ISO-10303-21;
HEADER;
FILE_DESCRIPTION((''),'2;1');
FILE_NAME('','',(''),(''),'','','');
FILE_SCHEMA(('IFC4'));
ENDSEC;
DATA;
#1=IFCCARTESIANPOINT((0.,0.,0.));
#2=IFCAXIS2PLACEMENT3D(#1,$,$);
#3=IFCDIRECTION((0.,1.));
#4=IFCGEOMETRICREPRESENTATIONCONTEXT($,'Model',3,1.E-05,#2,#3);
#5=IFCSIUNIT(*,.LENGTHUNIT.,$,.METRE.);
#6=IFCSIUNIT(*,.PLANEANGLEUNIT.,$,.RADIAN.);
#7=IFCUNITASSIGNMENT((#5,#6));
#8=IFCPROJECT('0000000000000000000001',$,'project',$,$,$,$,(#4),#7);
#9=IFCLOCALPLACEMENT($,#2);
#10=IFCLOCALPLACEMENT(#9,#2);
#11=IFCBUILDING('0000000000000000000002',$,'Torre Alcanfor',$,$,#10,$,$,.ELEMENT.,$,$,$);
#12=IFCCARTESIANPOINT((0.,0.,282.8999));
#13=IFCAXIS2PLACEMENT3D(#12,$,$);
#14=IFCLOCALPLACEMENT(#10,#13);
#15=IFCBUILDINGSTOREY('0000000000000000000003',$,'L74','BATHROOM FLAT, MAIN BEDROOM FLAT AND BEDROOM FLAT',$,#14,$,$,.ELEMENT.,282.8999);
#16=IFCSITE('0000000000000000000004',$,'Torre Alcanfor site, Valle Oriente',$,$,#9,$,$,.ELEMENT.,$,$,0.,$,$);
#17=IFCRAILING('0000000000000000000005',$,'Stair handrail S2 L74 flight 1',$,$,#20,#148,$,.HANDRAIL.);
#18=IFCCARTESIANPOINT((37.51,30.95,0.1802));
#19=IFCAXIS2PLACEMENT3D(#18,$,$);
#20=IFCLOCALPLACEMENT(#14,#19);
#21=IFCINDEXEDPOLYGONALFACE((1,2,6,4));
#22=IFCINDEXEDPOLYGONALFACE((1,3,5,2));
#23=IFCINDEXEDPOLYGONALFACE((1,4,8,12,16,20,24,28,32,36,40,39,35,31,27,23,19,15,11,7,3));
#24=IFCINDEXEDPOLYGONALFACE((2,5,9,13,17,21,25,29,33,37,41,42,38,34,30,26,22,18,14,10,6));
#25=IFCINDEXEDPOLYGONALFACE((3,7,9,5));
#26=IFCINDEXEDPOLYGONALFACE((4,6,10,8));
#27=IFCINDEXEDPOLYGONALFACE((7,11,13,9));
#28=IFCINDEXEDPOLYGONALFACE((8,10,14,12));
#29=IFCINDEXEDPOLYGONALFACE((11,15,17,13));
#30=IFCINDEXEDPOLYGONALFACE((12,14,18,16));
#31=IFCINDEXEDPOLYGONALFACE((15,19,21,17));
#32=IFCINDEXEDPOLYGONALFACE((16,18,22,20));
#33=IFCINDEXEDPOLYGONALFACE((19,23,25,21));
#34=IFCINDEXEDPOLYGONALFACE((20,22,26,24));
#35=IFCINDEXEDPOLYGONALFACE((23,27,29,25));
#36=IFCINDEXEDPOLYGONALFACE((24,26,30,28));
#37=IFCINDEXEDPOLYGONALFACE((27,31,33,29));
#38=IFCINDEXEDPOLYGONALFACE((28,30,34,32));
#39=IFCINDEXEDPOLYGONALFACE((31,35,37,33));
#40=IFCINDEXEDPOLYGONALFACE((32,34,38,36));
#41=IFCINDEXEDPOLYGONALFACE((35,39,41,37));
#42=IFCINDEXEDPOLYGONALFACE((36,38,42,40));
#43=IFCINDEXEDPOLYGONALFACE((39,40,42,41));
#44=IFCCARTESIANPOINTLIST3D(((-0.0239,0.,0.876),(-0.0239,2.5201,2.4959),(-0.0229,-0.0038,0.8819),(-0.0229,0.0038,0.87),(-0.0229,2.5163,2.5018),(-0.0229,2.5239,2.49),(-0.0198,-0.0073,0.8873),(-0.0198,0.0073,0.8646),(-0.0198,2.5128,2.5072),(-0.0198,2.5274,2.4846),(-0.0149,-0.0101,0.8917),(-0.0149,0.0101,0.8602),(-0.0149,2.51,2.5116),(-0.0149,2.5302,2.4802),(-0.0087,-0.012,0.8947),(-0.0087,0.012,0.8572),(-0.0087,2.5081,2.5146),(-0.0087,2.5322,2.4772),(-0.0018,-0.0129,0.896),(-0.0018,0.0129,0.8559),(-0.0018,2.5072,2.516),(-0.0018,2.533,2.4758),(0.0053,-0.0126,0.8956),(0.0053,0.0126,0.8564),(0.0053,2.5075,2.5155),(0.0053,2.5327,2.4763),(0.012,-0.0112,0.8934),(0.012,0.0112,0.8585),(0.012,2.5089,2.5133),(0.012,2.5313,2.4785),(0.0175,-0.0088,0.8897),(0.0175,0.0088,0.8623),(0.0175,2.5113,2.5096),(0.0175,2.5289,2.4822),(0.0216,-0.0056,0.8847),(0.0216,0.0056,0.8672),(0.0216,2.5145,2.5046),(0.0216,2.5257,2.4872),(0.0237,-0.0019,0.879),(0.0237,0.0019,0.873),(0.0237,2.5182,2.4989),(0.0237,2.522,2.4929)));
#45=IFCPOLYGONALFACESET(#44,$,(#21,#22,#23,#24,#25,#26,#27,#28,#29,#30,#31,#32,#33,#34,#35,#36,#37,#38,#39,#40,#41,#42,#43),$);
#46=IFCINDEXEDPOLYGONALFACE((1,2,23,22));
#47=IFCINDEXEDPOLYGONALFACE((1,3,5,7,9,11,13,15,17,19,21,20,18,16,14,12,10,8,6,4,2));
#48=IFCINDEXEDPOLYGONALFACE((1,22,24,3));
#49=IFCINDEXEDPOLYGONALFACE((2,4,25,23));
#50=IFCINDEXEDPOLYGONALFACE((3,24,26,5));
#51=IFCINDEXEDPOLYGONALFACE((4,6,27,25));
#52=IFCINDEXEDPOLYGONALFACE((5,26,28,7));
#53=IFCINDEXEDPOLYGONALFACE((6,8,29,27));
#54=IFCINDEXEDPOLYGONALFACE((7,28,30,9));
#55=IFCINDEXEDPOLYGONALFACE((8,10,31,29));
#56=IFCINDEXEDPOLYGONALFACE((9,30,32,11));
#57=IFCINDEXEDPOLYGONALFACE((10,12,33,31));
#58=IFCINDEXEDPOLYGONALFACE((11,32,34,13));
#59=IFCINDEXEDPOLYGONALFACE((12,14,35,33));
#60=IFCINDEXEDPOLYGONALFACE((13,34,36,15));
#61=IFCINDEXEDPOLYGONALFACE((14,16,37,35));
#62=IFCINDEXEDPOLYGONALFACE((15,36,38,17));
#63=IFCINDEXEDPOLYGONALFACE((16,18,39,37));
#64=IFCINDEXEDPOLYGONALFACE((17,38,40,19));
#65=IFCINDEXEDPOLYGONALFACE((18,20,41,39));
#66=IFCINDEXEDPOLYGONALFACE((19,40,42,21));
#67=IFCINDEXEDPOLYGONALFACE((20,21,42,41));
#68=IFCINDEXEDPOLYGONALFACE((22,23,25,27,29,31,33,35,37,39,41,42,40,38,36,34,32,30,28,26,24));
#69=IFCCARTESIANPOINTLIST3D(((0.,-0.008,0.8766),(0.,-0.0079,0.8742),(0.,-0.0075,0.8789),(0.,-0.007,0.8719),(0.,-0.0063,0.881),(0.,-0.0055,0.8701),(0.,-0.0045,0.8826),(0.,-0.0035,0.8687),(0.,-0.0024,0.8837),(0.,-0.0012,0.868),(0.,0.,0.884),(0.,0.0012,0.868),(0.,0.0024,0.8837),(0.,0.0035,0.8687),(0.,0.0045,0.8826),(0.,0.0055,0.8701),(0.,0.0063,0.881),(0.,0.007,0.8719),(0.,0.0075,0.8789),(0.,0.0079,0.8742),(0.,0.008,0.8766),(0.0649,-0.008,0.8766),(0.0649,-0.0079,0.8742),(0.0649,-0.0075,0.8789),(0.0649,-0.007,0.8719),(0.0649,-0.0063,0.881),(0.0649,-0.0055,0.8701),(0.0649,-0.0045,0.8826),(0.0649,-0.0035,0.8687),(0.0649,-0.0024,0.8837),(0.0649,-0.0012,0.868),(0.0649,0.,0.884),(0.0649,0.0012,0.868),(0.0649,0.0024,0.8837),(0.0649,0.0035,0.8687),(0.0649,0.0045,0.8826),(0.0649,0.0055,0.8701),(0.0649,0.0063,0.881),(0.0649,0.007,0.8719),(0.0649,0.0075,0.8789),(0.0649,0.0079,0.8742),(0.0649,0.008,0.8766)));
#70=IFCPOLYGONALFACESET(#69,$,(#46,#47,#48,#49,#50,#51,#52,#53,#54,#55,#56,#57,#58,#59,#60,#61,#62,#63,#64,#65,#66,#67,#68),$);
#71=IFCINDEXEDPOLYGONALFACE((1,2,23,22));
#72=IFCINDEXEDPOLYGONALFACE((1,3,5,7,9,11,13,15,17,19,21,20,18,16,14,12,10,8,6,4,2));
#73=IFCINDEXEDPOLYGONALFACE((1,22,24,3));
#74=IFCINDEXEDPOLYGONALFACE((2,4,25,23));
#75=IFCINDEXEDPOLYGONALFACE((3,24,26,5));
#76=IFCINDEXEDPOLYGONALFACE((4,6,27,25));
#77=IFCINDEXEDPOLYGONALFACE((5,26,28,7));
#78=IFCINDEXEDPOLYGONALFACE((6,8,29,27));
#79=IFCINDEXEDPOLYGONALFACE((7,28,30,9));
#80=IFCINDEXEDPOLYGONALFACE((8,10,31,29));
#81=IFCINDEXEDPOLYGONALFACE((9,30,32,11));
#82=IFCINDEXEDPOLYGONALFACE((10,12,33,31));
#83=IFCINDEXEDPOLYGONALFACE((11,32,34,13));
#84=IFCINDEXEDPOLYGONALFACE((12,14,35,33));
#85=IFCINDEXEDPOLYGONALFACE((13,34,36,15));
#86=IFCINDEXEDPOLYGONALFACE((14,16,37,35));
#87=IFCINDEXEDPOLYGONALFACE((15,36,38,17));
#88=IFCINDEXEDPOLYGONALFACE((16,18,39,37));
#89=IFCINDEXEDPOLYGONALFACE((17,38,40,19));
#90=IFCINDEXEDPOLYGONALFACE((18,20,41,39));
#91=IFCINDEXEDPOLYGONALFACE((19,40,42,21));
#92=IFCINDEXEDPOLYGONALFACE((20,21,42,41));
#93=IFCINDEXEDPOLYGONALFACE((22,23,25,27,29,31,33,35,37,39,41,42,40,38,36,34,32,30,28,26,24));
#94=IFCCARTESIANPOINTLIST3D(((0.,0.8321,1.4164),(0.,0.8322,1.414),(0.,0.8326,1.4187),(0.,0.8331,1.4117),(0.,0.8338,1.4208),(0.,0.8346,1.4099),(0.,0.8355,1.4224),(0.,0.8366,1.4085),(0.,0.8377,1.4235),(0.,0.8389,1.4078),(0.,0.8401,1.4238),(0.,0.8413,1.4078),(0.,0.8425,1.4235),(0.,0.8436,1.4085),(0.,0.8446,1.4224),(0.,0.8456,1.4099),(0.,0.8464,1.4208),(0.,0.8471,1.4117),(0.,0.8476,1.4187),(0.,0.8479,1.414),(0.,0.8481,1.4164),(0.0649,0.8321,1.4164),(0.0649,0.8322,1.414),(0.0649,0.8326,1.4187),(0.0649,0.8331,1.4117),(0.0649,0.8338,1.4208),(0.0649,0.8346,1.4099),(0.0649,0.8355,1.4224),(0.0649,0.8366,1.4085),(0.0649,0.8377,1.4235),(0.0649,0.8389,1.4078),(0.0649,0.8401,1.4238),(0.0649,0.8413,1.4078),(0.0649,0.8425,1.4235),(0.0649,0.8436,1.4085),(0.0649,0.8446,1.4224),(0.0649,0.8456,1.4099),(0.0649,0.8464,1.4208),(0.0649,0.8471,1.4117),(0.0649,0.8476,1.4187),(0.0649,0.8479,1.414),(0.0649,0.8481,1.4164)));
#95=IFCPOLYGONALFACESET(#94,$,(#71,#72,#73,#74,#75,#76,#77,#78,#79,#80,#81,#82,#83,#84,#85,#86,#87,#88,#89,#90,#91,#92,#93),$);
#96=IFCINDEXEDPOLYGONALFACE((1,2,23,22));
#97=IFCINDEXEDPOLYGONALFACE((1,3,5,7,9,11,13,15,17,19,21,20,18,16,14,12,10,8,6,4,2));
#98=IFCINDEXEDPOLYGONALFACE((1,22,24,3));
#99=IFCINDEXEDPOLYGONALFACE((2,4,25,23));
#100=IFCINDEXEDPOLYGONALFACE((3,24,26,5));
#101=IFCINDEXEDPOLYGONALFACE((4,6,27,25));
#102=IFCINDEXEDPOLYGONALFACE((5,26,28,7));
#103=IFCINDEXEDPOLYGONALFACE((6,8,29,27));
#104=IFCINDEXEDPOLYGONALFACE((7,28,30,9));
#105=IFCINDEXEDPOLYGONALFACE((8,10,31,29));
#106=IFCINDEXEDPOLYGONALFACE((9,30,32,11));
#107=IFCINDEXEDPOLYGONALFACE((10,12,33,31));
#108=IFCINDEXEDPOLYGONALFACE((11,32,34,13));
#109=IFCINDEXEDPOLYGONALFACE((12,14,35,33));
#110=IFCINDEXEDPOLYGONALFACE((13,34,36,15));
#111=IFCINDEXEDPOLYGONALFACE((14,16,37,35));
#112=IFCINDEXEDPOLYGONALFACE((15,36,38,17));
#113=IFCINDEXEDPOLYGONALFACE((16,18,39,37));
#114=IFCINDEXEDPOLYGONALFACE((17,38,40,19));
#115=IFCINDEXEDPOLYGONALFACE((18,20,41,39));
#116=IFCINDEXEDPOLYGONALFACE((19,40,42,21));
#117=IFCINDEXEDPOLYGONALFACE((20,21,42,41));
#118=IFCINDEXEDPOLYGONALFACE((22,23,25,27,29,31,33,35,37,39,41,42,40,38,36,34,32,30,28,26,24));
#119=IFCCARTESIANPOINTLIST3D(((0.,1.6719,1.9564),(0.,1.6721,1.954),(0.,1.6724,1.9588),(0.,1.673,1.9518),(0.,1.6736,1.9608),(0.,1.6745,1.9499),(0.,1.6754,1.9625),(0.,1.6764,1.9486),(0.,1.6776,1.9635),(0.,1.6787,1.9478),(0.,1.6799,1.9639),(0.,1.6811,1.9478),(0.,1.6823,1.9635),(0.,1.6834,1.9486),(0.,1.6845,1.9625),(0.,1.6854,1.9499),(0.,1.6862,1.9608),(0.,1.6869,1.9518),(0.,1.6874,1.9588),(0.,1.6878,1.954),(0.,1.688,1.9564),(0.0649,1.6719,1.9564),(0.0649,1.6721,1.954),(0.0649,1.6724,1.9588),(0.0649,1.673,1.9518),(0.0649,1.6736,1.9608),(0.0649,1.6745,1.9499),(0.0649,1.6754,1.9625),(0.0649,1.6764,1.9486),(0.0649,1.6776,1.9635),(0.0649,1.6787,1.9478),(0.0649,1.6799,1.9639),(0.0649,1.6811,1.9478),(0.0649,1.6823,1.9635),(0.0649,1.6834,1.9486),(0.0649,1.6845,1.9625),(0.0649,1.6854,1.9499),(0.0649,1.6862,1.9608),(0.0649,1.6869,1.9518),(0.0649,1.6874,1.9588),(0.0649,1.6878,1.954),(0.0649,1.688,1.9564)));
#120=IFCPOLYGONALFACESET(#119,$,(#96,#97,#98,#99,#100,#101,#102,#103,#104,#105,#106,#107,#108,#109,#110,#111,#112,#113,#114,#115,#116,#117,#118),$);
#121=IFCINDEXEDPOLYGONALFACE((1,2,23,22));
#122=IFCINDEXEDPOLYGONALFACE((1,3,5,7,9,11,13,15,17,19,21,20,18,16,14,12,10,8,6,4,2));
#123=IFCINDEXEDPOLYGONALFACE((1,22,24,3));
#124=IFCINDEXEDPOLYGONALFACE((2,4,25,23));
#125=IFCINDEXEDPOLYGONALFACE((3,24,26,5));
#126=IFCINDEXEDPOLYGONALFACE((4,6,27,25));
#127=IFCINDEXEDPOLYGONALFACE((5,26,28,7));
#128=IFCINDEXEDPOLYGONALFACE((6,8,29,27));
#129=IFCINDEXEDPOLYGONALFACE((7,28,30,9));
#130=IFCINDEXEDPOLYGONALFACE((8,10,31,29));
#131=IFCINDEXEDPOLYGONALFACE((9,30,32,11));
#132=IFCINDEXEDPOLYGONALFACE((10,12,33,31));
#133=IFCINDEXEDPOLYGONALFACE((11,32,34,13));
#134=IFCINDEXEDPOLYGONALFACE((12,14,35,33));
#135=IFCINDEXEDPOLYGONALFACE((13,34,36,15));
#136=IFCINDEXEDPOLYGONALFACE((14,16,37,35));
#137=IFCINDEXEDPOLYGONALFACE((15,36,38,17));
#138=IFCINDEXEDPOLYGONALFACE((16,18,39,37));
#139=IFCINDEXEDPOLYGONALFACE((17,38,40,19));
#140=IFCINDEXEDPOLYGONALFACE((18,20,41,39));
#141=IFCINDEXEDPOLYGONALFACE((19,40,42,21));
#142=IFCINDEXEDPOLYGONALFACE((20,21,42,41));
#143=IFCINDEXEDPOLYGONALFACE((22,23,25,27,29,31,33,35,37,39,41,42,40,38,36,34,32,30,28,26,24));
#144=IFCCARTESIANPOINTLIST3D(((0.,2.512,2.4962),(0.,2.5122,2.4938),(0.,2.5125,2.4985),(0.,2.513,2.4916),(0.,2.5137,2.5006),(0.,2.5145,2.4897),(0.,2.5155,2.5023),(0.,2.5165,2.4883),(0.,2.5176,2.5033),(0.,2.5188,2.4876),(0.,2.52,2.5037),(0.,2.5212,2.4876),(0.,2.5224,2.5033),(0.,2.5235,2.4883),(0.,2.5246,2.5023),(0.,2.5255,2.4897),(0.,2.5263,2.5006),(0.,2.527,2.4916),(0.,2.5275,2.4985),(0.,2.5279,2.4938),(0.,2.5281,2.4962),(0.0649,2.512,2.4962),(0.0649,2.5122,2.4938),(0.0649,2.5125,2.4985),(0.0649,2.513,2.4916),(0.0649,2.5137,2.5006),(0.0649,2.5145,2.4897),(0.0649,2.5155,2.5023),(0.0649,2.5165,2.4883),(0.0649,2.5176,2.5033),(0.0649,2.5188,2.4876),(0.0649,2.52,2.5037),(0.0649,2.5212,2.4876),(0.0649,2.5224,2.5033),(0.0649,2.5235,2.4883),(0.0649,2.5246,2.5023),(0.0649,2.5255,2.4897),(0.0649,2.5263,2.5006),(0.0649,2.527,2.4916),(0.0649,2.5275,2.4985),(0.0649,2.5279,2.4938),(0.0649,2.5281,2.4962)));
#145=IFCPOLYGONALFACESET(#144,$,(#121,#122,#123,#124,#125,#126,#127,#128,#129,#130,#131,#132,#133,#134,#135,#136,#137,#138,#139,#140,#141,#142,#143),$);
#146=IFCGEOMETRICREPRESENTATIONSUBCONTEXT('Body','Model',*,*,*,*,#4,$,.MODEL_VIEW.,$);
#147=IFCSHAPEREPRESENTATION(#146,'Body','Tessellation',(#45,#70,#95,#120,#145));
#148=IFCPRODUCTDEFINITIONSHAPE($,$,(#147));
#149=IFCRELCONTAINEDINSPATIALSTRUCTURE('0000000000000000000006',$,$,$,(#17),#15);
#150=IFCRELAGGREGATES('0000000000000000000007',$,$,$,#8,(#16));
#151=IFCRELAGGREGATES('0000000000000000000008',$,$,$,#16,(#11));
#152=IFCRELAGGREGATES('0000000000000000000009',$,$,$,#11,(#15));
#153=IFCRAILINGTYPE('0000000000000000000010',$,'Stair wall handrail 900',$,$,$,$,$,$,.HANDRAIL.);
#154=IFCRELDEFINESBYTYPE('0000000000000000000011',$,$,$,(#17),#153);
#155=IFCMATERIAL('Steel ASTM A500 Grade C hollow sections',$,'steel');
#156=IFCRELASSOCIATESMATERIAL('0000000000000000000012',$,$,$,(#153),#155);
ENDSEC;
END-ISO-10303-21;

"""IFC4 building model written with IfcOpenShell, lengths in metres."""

from ifc_helpers import new_model, si_unit, direction, frame, origin, origin_2d, place, context, subcontext, project, spatial, circle, extrude, material, type_object, element, save


model = new_model("IFC4")

# Units and contexts
model_context = context("Model", 3, precision=1e-05, world=origin(), true_north=direction((0.0, 1.0)))
body_context = subcontext(model_context, "Body", "Model", "MODEL_VIEW")
ifc_project = project(units=[si_unit("LENGTHUNIT", "METRE"), si_unit("PLANEANGLEUNIT", "RADIAN")], contexts=[model_context])

# Site, building, storey
site_placement = place(None, origin())
site = spatial("IfcSite", under=ifc_project, at=site_placement, Name="Torre Alcanfor site, Valle Oriente", CompositionType="ELEMENT", RefElevation=0.0)
building_placement = place(site_placement, origin())
building = spatial("IfcBuilding", under=site, at=building_placement, Name="Torre Alcanfor", CompositionType="ELEMENT")
storey_placement = place(building_placement, frame((0.0, 0.0, 282.8999)))
storey = spatial("IfcBuildingStorey", under=building, at=storey_placement, Name="L74", Description="BATHROOM FLAT, MAIN BEDROOM FLAT AND BEDROOM FLAT", CompositionType="ELEMENT", Elevation=282.8999)

# Railing
ifc_material_1 = material(Name="Steel ASTM A500 Grade C hollow sections", Category="steel")
railing_type_1 = type_object("IfcRailingType", Name="Stair wall handrail 900", PredefinedType="HANDRAIL", material=ifc_material_1)
railing_1_placement = place(storey_placement, frame((37.51, 30.95, 0.1802)))
element("IfcRailing", 1, at=railing_1_placement, inside=storey, type_object=railing_type_1, Name="Stair handrail S2 L74 flight 1", PredefinedType="HANDRAIL", context=body_context, shape_type="SweptSolid", body=[
    extrude(circle(Radius=0.0239, at=origin_2d()), frame((0.0, 0.0, 0.876), z_axis=(0.0, 0.8412, 0.540725), x_axis=(-1.0, 0.0, 0.0)), (0.0, 0.0, 1.0), 2.9958),
    extrude(circle(Radius=0.0081, at=origin_2d()), frame((0.0, 0.0, 0.876), z_axis=(1.0, 0.0, 0.0), x_axis=(0.0, 0.0, 1.0)), (0.0, 0.0, 1.0), 0.0649),
    extrude(circle(Radius=0.0081, at=origin_2d()), frame((0.0, 0.8401, 1.4158), z_axis=(1.0, 0.0, 0.0), x_axis=(0.0, 0.0, 1.0)), (0.0, 0.0, 1.0), 0.0649),
    extrude(circle(Radius=0.0081, at=origin_2d()), frame((0.0, 1.6799, 1.9558), z_axis=(1.0, 0.0, 0.0), x_axis=(0.0, 0.0, 1.0)), (0.0, 0.0, 1.0), 0.0649),
    extrude(circle(Radius=0.0081, at=origin_2d()), frame((0.0, 2.52, 2.4956), z_axis=(1.0, 0.0, 0.0), x_axis=(0.0, 0.0, 1.0)), (0.0, 0.0, 1.0), 0.0649),
])

save(model, "model.ifc")
